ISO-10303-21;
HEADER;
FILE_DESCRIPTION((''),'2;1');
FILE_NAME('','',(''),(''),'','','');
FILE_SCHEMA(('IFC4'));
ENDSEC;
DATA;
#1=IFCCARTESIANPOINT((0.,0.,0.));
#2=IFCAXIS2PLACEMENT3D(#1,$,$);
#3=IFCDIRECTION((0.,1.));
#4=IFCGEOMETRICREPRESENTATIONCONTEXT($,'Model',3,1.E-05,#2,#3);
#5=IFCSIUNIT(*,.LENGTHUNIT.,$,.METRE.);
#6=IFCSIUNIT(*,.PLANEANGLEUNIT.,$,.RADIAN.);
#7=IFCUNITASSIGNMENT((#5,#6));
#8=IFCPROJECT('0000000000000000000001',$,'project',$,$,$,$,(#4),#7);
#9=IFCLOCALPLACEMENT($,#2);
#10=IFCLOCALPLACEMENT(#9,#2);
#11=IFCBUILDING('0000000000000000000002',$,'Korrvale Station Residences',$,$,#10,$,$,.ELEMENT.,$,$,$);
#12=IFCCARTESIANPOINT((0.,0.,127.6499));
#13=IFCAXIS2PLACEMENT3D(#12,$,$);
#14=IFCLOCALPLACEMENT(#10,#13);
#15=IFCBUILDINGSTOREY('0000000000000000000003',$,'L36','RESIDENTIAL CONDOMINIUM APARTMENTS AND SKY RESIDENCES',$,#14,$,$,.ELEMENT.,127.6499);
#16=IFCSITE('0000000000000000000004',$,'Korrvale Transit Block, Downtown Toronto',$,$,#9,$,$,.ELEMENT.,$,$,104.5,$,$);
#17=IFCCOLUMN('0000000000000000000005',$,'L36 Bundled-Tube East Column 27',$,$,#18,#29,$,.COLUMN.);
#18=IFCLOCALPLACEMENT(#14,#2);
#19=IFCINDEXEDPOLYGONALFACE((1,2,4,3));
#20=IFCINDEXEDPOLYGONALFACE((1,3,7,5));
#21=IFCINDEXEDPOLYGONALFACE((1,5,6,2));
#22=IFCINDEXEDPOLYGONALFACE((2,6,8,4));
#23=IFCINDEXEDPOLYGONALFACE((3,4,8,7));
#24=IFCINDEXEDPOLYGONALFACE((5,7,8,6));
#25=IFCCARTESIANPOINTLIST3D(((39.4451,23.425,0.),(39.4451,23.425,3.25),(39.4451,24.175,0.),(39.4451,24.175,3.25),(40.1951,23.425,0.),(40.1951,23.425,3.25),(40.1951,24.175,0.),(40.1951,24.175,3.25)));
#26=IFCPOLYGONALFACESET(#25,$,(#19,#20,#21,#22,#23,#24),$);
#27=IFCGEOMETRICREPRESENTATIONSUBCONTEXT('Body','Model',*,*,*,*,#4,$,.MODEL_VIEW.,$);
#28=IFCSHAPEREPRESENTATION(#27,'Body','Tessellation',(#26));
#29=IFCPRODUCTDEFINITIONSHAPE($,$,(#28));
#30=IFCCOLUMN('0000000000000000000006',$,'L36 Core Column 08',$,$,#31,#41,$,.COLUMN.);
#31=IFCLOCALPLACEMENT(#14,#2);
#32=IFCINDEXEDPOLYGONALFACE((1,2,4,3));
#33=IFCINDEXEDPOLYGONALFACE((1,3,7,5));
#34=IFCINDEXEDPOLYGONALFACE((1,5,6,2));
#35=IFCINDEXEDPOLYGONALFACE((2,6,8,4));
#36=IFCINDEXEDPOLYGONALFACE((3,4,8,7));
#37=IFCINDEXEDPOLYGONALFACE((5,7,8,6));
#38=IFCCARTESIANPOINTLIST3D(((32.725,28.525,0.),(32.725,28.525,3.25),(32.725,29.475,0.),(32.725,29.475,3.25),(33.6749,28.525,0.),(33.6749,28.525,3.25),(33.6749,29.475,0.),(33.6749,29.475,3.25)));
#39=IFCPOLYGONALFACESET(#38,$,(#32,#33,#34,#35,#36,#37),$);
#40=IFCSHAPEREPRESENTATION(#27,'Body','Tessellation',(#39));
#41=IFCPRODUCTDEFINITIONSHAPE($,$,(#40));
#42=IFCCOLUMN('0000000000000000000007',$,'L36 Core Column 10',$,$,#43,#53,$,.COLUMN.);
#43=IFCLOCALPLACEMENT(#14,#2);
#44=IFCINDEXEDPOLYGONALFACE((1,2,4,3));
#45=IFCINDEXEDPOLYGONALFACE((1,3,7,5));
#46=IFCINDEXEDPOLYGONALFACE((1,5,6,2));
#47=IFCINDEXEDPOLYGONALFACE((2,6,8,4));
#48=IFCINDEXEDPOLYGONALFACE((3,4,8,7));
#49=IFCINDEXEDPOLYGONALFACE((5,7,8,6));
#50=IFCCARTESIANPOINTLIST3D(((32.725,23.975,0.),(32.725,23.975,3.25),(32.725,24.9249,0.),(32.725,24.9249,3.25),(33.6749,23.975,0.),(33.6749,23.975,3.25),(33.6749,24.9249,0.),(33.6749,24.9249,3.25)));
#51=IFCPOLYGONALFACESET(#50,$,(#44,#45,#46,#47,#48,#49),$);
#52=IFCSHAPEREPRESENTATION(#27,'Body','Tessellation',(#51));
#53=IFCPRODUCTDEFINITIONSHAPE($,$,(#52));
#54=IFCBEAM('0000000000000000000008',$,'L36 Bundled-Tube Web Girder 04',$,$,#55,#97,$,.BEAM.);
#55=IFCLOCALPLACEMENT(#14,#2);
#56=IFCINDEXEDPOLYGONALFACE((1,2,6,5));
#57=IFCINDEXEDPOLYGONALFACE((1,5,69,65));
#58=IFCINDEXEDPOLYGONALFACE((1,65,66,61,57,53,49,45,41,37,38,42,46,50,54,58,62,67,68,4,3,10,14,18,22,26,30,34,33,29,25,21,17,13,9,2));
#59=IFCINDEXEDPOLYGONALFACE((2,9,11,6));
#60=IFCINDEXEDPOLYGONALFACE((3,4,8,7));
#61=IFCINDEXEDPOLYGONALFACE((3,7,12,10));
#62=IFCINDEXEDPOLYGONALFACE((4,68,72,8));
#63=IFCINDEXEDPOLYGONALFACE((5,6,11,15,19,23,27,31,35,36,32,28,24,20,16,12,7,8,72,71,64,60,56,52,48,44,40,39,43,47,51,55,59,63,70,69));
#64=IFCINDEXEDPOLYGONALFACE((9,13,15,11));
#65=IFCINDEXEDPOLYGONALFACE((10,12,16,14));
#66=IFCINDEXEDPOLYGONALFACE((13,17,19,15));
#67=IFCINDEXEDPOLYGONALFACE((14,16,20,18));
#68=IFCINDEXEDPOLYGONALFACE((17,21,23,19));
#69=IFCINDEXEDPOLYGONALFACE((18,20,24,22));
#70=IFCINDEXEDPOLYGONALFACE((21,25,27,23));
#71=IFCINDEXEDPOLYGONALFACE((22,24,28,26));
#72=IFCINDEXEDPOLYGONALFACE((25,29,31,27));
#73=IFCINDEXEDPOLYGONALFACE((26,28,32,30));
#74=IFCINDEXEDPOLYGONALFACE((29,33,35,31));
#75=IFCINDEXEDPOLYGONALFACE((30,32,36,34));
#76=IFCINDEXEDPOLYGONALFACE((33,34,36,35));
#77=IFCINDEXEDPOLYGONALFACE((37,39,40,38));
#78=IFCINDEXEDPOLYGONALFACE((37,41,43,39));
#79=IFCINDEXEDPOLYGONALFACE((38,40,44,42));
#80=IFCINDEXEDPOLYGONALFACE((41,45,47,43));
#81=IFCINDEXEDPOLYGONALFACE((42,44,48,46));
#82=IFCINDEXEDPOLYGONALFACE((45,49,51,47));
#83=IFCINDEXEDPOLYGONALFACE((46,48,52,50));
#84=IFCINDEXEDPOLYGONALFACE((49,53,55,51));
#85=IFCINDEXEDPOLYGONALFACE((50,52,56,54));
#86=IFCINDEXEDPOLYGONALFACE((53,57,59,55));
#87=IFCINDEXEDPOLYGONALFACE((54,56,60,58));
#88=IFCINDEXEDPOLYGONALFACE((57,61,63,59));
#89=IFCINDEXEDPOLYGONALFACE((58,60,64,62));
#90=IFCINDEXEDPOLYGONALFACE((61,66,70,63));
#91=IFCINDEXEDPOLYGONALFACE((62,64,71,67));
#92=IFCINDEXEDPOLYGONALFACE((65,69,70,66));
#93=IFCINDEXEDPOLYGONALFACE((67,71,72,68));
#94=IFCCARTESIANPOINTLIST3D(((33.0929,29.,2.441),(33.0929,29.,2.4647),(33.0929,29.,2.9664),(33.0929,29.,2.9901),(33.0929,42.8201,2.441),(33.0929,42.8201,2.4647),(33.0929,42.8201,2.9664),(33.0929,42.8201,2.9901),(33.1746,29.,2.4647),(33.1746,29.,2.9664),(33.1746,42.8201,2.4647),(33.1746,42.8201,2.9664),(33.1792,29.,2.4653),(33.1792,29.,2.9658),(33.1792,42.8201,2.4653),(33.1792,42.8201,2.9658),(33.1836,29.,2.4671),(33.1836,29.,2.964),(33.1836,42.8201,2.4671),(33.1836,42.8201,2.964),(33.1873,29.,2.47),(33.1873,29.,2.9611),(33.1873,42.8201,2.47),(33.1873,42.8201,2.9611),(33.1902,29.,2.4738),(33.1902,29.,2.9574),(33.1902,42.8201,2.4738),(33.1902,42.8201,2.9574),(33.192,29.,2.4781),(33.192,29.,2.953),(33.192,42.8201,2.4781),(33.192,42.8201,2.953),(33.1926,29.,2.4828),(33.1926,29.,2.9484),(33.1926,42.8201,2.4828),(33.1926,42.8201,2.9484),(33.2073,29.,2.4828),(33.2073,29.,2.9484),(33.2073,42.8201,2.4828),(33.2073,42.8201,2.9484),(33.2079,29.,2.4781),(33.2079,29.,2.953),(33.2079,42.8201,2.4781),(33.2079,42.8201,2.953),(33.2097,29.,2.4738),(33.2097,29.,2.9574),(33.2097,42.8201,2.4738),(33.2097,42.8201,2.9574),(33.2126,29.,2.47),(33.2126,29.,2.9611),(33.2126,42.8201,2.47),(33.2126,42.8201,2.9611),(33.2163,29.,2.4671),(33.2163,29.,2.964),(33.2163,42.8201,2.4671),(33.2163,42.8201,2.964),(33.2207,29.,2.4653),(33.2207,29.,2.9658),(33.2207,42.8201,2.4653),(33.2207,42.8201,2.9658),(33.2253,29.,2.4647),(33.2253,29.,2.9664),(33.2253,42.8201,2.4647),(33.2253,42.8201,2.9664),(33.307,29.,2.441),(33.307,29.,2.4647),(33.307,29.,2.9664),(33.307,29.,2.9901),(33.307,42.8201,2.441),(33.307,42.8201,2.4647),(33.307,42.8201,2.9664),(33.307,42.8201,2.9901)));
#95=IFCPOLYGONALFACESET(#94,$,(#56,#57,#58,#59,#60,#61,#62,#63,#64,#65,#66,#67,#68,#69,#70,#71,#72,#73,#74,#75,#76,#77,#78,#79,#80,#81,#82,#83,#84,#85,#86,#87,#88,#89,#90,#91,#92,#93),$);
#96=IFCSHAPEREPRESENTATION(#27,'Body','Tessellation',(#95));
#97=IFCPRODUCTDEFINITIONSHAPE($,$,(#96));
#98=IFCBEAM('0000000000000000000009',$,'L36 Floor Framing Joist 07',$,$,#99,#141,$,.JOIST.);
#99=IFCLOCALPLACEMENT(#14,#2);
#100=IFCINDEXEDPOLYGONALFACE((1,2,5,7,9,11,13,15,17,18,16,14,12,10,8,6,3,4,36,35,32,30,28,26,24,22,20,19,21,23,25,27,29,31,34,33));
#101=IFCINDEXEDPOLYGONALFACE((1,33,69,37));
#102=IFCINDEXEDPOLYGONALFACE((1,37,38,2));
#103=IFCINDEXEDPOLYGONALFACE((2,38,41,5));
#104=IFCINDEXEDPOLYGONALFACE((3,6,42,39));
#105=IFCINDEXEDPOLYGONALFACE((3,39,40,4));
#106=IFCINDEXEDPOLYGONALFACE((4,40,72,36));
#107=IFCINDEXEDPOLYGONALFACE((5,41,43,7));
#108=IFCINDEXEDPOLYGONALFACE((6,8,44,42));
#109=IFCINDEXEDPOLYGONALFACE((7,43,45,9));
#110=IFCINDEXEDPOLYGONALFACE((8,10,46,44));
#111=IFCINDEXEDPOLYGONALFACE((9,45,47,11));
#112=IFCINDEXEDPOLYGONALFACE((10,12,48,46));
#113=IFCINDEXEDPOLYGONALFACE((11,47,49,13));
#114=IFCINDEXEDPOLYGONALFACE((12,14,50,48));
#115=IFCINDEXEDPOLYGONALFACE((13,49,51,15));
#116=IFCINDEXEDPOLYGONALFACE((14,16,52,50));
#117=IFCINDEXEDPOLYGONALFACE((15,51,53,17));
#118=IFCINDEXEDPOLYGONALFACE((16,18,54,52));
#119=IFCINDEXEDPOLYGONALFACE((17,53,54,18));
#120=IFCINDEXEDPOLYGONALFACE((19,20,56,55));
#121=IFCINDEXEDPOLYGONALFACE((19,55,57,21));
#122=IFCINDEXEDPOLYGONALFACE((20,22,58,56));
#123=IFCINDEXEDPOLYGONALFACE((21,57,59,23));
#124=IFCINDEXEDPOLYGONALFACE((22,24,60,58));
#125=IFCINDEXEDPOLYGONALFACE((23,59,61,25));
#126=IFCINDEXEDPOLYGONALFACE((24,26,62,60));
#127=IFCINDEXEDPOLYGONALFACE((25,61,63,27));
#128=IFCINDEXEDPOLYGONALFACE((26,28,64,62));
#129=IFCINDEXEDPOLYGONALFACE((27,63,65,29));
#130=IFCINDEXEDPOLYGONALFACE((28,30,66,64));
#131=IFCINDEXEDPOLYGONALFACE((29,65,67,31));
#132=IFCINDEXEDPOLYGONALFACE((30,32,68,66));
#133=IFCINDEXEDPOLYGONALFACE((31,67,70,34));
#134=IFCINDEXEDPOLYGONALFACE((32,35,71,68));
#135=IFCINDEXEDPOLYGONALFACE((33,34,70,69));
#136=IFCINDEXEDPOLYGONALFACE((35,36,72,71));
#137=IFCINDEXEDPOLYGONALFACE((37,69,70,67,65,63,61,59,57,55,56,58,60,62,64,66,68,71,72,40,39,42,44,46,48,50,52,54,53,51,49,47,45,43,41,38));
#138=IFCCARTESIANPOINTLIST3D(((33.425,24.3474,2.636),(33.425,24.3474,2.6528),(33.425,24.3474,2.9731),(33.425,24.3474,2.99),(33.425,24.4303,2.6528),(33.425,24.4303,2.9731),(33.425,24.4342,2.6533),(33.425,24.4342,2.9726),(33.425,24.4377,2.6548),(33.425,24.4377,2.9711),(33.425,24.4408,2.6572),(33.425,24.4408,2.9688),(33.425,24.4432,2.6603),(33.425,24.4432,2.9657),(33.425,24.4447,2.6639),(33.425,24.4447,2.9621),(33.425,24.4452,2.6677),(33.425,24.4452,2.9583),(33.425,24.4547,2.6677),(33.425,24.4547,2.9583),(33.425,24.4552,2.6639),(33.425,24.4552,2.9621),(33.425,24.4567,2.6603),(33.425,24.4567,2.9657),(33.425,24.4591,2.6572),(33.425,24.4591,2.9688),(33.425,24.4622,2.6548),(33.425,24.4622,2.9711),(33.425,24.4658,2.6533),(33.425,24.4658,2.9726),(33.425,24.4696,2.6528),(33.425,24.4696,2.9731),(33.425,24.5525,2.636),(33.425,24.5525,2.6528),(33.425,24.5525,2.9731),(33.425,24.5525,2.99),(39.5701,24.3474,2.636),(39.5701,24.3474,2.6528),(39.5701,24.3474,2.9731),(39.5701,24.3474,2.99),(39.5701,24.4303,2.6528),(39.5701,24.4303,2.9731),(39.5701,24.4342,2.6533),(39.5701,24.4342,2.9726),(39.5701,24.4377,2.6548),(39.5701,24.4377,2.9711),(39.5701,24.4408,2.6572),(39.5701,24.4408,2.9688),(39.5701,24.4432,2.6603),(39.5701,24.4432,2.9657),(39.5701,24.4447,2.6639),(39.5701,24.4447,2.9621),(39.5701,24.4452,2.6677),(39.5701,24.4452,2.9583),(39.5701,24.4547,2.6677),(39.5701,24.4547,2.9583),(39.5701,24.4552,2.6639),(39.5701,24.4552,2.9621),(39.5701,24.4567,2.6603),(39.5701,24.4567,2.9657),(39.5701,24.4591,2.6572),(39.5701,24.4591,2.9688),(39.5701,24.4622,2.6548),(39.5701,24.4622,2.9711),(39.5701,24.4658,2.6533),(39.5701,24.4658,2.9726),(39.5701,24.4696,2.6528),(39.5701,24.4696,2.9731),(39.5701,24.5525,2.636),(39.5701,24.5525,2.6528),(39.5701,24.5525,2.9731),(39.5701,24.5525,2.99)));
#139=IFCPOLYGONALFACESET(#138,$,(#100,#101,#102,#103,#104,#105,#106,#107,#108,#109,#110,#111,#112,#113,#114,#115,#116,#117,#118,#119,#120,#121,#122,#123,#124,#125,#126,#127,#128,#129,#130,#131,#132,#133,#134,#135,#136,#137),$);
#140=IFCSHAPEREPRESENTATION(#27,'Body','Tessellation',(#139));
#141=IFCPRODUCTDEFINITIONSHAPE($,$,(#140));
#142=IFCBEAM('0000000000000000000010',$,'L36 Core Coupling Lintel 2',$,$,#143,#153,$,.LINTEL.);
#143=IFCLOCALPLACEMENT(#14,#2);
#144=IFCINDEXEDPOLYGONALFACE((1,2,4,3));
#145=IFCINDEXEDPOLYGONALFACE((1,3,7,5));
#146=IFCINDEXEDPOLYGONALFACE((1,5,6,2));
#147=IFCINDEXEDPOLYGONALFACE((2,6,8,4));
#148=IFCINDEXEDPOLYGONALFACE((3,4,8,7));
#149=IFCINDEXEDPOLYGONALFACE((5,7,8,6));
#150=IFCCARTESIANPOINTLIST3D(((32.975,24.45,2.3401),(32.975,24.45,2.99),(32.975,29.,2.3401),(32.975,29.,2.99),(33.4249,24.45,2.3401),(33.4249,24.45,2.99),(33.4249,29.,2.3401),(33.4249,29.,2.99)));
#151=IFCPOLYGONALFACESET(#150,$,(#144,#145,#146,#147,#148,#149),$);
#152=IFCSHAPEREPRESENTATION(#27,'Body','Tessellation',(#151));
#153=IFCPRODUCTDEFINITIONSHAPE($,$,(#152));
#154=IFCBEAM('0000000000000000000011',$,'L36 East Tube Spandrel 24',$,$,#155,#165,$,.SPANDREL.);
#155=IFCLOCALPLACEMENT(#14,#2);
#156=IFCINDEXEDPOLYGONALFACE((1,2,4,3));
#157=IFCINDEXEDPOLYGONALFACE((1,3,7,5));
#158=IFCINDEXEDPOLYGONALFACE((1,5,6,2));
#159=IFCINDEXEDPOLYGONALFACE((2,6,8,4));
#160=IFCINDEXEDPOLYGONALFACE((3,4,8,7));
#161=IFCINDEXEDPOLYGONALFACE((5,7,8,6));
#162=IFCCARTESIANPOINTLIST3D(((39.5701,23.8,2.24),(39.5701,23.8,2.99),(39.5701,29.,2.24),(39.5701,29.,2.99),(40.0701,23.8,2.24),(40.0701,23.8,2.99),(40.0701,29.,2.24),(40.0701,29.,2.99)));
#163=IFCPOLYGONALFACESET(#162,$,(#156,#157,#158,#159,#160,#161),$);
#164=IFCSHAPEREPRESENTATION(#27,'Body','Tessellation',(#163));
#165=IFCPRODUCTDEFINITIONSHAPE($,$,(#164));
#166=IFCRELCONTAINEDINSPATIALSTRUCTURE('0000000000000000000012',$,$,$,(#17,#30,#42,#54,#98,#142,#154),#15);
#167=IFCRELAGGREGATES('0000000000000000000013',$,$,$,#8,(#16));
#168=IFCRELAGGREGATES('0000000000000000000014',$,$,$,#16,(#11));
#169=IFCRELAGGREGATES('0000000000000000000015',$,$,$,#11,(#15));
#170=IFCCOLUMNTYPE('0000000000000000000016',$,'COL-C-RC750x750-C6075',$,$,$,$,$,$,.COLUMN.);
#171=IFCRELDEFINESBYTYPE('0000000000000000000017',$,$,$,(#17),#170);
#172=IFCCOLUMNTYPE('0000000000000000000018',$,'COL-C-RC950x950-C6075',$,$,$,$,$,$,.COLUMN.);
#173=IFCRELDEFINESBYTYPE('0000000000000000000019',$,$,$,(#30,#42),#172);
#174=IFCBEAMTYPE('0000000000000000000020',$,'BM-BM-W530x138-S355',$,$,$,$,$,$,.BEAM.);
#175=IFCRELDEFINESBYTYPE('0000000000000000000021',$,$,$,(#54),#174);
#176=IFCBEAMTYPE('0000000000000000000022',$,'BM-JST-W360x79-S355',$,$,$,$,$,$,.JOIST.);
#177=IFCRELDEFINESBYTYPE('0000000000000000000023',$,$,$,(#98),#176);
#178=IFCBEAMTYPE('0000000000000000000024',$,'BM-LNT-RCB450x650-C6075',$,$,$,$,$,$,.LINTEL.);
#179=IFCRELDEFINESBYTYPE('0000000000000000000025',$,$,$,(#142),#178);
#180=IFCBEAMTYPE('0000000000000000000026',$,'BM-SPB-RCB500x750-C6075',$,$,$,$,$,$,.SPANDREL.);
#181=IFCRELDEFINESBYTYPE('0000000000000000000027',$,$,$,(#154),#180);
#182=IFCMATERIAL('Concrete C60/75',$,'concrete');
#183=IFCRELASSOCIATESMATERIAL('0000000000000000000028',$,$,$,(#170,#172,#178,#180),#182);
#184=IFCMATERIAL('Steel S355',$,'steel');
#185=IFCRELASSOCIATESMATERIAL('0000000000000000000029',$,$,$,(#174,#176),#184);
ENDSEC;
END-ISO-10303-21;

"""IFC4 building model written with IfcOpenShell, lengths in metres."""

from ifc_helpers import new_model, si_unit, direction, frame, origin, origin_2d, place, context, subcontext, project, spatial, rectangle, i_section, extrude, material, material_profile, profile_set, type_object, element, save


model = new_model("IFC4")

# Units and contexts
model_context = context("Model", 3, precision=1e-05, world=origin(), true_north=direction((0.0, 1.0)))
body_context = subcontext(model_context, "Body", "Model", "MODEL_VIEW")
ifc_project = project(units=[si_unit("LENGTHUNIT", "METRE"), si_unit("PLANEANGLEUNIT", "RADIAN")], contexts=[model_context])

# Site, building, storey
site_placement = place(None, origin())
site = spatial("IfcSite", under=ifc_project, at=site_placement, Name="Korrvale Transit Block, Downtown Toronto", CompositionType="ELEMENT", RefElevation=104.5)
building_placement = place(site_placement, origin())
building = spatial("IfcBuilding", under=site, at=building_placement, Name="Korrvale Station Residences", CompositionType="ELEMENT")
storey_placement = place(building_placement, frame((0.0, 0.0, 127.6499)))
storey = spatial("IfcBuildingStorey", under=building, at=storey_placement, Name="L36", Description="RESIDENTIAL CONDOMINIUM APARTMENTS AND SKY RESIDENCES", CompositionType="ELEMENT", Elevation=127.6499)

# Columns
ifc_material_1 = material(Name="Concrete C60/75", Category="concrete")
ifc_material_profile_1 = material_profile(ifc_material_1, rectangle(XDim=0.75, YDim=0.75, at=origin_2d()), Name="RC750x750")
ifc_profile_set_1 = profile_set([ifc_material_profile_1], Name="Concrete C60/75")
column_type_1 = type_object("IfcColumnType", Name="COL-C-RC750x750-C6075", PredefinedType="COLUMN", material=ifc_profile_set_1)
column_placement = place(storey_placement, frame((39.8201, 23.8, 0.0), z_axis=(0.0, 0.0, 1.0), x_axis=(1.0, 0.0, 0.0)))
element("IfcColumn", 1, at=column_placement, inside=storey, type_object=column_type_1, Name="L36 Bundled-Tube East Column 27", PredefinedType="COLUMN", context=body_context, shape_type="SweptSolid", body=[
    extrude(rectangle(XDim=0.75, YDim=0.75, at=origin_2d()), origin(), (0.0, 0.0, 1.0), 3.25),
])
ifc_material_profile_2 = material_profile(ifc_material_1, rectangle(XDim=0.95, YDim=0.95, at=origin_2d()), Name="RC950x950")
ifc_profile_set_2 = profile_set([ifc_material_profile_2], Name="Concrete C60/75")
column_type_2 = type_object("IfcColumnType", Name="COL-C-RC950x950-C6075", PredefinedType="COLUMN", material=ifc_profile_set_2)
for number, where, z_axis, x_axis, name in (
    (2, (33.2, 29.0, 0.0), (0.0, 0.0, 1.0), (1.0, 0.0, 0.0), "L36 Core Column 08"),
    (3, (33.2, 24.45, 0.0), (0.0, 0.0, 1.0), (1.0, 0.0, 0.0), "L36 Core Column 10"),
):
    element("IfcColumn", number, at=place(storey_placement, frame(where, z_axis=z_axis, x_axis=x_axis)), inside=storey, type_object=column_type_2, Name=name, PredefinedType="COLUMN", context=body_context, shape_type="SweptSolid", body=[
        extrude(rectangle(XDim=0.95, YDim=0.95, at=origin_2d()), origin(), (0.0, 0.0, 1.0), 3.25),
    ])

# Beams
ifc_material_2 = material(Name="Steel S355", Category="steel")
ifc_material_profile_3 = material_profile(ifc_material_2, i_section(OverallWidth=0.2141, OverallDepth=0.5491, WebThickness=0.0146, FlangeThickness=0.0237, FilletRadius=0.0181, at=origin_2d()), Name="W530x138")
ifc_profile_set_3 = profile_set([ifc_material_profile_3], Name="Steel S355")
beam_type_1 = type_object("IfcBeamType", Name="BM-BM-W530x138-S355", PredefinedType="BEAM", material=ifc_profile_set_3)
beam_1_placement = place(storey_placement, frame((33.2, 29.0, 2.7156), z_axis=(0.0, 1.0, 0.0), x_axis=(-1.0, 0.0, 0.0)))
element("IfcBeam", 4, at=beam_1_placement, inside=storey, type_object=beam_type_1, Name="L36 Bundled-Tube Web Girder 04", PredefinedType="BEAM", context=body_context, shape_type="SweptSolid", body=[
    extrude(i_section(OverallWidth=0.2141, OverallDepth=0.5491, WebThickness=0.0146, FlangeThickness=0.0237, FilletRadius=0.0181, at=origin_2d()), origin(), (0.0, 0.0, 1.0), 13.8201),
])
ifc_material_profile_4 = material_profile(ifc_material_2, i_section(OverallWidth=0.2051, OverallDepth=0.354, WebThickness=0.0095, FlangeThickness=0.0168, FilletRadius=0.0149, at=origin_2d()), Name="W360x79")
ifc_profile_set_4 = profile_set([ifc_material_profile_4], Name="Steel S355")
beam_type_2 = type_object("IfcBeamType", Name="BM-JST-W360x79-S355", PredefinedType="JOIST", material=ifc_profile_set_4)
beam_2_placement = place(storey_placement, frame((33.425, 24.45, 2.813), z_axis=(1.0, 0.0, 0.0), x_axis=(0.0, 1.0, 0.0)))
element("IfcBeam", 5, at=beam_2_placement, inside=storey, type_object=beam_type_2, Name="L36 Floor Framing Joist 07", PredefinedType="JOIST", context=body_context, shape_type="SweptSolid", body=[
    extrude(i_section(OverallWidth=0.2051, OverallDepth=0.354, WebThickness=0.0095, FlangeThickness=0.0168, FilletRadius=0.0149, at=origin_2d()), origin(), (0.0, 0.0, 1.0), 6.145),
])
ifc_material_profile_5 = material_profile(ifc_material_1, rectangle(XDim=0.45, YDim=0.6499, at=origin_2d()), Name="RCB450x650")
ifc_profile_set_5 = profile_set([ifc_material_profile_5], Name="Concrete C60/75")
beam_type_3 = type_object("IfcBeamType", Name="BM-LNT-RCB450x650-C6075", PredefinedType="LINTEL", material=ifc_profile_set_5)
beam_3_placement = place(storey_placement, frame((33.2, 24.45, 2.665), z_axis=(0.0, 1.0, 0.0), x_axis=(-1.0, 0.0, 0.0)))
element("IfcBeam", 6, at=beam_3_placement, inside=storey, type_object=beam_type_3, Name="L36 Core Coupling Lintel 2", PredefinedType="LINTEL", context=body_context, shape_type="SweptSolid", body=[
    extrude(rectangle(XDim=0.45, YDim=0.6499, at=origin_2d()), origin(), (0.0, 0.0, 1.0), 4.55),
])
ifc_material_profile_6 = material_profile(ifc_material_1, rectangle(XDim=0.5, YDim=0.75, at=origin_2d()), Name="RCB500x750")
ifc_profile_set_6 = profile_set([ifc_material_profile_6], Name="Concrete C60/75")
beam_type_4 = type_object("IfcBeamType", Name="BM-SPB-RCB500x750-C6075", PredefinedType="SPANDREL", material=ifc_profile_set_6)
beam_4_placement = place(storey_placement, frame((39.8201, 23.8, 2.615), z_axis=(0.0, 1.0, 0.0), x_axis=(-1.0, 0.0, 0.0)))
element("IfcBeam", 7, at=beam_4_placement, inside=storey, type_object=beam_type_4, Name="L36 East Tube Spandrel 24", PredefinedType="SPANDREL", context=body_context, shape_type="SweptSolid", body=[
    extrude(rectangle(XDim=0.5, YDim=0.75, at=origin_2d()), origin(), (0.0, 0.0, 1.0), 5.2),
])

save(model, "model.ifc")
